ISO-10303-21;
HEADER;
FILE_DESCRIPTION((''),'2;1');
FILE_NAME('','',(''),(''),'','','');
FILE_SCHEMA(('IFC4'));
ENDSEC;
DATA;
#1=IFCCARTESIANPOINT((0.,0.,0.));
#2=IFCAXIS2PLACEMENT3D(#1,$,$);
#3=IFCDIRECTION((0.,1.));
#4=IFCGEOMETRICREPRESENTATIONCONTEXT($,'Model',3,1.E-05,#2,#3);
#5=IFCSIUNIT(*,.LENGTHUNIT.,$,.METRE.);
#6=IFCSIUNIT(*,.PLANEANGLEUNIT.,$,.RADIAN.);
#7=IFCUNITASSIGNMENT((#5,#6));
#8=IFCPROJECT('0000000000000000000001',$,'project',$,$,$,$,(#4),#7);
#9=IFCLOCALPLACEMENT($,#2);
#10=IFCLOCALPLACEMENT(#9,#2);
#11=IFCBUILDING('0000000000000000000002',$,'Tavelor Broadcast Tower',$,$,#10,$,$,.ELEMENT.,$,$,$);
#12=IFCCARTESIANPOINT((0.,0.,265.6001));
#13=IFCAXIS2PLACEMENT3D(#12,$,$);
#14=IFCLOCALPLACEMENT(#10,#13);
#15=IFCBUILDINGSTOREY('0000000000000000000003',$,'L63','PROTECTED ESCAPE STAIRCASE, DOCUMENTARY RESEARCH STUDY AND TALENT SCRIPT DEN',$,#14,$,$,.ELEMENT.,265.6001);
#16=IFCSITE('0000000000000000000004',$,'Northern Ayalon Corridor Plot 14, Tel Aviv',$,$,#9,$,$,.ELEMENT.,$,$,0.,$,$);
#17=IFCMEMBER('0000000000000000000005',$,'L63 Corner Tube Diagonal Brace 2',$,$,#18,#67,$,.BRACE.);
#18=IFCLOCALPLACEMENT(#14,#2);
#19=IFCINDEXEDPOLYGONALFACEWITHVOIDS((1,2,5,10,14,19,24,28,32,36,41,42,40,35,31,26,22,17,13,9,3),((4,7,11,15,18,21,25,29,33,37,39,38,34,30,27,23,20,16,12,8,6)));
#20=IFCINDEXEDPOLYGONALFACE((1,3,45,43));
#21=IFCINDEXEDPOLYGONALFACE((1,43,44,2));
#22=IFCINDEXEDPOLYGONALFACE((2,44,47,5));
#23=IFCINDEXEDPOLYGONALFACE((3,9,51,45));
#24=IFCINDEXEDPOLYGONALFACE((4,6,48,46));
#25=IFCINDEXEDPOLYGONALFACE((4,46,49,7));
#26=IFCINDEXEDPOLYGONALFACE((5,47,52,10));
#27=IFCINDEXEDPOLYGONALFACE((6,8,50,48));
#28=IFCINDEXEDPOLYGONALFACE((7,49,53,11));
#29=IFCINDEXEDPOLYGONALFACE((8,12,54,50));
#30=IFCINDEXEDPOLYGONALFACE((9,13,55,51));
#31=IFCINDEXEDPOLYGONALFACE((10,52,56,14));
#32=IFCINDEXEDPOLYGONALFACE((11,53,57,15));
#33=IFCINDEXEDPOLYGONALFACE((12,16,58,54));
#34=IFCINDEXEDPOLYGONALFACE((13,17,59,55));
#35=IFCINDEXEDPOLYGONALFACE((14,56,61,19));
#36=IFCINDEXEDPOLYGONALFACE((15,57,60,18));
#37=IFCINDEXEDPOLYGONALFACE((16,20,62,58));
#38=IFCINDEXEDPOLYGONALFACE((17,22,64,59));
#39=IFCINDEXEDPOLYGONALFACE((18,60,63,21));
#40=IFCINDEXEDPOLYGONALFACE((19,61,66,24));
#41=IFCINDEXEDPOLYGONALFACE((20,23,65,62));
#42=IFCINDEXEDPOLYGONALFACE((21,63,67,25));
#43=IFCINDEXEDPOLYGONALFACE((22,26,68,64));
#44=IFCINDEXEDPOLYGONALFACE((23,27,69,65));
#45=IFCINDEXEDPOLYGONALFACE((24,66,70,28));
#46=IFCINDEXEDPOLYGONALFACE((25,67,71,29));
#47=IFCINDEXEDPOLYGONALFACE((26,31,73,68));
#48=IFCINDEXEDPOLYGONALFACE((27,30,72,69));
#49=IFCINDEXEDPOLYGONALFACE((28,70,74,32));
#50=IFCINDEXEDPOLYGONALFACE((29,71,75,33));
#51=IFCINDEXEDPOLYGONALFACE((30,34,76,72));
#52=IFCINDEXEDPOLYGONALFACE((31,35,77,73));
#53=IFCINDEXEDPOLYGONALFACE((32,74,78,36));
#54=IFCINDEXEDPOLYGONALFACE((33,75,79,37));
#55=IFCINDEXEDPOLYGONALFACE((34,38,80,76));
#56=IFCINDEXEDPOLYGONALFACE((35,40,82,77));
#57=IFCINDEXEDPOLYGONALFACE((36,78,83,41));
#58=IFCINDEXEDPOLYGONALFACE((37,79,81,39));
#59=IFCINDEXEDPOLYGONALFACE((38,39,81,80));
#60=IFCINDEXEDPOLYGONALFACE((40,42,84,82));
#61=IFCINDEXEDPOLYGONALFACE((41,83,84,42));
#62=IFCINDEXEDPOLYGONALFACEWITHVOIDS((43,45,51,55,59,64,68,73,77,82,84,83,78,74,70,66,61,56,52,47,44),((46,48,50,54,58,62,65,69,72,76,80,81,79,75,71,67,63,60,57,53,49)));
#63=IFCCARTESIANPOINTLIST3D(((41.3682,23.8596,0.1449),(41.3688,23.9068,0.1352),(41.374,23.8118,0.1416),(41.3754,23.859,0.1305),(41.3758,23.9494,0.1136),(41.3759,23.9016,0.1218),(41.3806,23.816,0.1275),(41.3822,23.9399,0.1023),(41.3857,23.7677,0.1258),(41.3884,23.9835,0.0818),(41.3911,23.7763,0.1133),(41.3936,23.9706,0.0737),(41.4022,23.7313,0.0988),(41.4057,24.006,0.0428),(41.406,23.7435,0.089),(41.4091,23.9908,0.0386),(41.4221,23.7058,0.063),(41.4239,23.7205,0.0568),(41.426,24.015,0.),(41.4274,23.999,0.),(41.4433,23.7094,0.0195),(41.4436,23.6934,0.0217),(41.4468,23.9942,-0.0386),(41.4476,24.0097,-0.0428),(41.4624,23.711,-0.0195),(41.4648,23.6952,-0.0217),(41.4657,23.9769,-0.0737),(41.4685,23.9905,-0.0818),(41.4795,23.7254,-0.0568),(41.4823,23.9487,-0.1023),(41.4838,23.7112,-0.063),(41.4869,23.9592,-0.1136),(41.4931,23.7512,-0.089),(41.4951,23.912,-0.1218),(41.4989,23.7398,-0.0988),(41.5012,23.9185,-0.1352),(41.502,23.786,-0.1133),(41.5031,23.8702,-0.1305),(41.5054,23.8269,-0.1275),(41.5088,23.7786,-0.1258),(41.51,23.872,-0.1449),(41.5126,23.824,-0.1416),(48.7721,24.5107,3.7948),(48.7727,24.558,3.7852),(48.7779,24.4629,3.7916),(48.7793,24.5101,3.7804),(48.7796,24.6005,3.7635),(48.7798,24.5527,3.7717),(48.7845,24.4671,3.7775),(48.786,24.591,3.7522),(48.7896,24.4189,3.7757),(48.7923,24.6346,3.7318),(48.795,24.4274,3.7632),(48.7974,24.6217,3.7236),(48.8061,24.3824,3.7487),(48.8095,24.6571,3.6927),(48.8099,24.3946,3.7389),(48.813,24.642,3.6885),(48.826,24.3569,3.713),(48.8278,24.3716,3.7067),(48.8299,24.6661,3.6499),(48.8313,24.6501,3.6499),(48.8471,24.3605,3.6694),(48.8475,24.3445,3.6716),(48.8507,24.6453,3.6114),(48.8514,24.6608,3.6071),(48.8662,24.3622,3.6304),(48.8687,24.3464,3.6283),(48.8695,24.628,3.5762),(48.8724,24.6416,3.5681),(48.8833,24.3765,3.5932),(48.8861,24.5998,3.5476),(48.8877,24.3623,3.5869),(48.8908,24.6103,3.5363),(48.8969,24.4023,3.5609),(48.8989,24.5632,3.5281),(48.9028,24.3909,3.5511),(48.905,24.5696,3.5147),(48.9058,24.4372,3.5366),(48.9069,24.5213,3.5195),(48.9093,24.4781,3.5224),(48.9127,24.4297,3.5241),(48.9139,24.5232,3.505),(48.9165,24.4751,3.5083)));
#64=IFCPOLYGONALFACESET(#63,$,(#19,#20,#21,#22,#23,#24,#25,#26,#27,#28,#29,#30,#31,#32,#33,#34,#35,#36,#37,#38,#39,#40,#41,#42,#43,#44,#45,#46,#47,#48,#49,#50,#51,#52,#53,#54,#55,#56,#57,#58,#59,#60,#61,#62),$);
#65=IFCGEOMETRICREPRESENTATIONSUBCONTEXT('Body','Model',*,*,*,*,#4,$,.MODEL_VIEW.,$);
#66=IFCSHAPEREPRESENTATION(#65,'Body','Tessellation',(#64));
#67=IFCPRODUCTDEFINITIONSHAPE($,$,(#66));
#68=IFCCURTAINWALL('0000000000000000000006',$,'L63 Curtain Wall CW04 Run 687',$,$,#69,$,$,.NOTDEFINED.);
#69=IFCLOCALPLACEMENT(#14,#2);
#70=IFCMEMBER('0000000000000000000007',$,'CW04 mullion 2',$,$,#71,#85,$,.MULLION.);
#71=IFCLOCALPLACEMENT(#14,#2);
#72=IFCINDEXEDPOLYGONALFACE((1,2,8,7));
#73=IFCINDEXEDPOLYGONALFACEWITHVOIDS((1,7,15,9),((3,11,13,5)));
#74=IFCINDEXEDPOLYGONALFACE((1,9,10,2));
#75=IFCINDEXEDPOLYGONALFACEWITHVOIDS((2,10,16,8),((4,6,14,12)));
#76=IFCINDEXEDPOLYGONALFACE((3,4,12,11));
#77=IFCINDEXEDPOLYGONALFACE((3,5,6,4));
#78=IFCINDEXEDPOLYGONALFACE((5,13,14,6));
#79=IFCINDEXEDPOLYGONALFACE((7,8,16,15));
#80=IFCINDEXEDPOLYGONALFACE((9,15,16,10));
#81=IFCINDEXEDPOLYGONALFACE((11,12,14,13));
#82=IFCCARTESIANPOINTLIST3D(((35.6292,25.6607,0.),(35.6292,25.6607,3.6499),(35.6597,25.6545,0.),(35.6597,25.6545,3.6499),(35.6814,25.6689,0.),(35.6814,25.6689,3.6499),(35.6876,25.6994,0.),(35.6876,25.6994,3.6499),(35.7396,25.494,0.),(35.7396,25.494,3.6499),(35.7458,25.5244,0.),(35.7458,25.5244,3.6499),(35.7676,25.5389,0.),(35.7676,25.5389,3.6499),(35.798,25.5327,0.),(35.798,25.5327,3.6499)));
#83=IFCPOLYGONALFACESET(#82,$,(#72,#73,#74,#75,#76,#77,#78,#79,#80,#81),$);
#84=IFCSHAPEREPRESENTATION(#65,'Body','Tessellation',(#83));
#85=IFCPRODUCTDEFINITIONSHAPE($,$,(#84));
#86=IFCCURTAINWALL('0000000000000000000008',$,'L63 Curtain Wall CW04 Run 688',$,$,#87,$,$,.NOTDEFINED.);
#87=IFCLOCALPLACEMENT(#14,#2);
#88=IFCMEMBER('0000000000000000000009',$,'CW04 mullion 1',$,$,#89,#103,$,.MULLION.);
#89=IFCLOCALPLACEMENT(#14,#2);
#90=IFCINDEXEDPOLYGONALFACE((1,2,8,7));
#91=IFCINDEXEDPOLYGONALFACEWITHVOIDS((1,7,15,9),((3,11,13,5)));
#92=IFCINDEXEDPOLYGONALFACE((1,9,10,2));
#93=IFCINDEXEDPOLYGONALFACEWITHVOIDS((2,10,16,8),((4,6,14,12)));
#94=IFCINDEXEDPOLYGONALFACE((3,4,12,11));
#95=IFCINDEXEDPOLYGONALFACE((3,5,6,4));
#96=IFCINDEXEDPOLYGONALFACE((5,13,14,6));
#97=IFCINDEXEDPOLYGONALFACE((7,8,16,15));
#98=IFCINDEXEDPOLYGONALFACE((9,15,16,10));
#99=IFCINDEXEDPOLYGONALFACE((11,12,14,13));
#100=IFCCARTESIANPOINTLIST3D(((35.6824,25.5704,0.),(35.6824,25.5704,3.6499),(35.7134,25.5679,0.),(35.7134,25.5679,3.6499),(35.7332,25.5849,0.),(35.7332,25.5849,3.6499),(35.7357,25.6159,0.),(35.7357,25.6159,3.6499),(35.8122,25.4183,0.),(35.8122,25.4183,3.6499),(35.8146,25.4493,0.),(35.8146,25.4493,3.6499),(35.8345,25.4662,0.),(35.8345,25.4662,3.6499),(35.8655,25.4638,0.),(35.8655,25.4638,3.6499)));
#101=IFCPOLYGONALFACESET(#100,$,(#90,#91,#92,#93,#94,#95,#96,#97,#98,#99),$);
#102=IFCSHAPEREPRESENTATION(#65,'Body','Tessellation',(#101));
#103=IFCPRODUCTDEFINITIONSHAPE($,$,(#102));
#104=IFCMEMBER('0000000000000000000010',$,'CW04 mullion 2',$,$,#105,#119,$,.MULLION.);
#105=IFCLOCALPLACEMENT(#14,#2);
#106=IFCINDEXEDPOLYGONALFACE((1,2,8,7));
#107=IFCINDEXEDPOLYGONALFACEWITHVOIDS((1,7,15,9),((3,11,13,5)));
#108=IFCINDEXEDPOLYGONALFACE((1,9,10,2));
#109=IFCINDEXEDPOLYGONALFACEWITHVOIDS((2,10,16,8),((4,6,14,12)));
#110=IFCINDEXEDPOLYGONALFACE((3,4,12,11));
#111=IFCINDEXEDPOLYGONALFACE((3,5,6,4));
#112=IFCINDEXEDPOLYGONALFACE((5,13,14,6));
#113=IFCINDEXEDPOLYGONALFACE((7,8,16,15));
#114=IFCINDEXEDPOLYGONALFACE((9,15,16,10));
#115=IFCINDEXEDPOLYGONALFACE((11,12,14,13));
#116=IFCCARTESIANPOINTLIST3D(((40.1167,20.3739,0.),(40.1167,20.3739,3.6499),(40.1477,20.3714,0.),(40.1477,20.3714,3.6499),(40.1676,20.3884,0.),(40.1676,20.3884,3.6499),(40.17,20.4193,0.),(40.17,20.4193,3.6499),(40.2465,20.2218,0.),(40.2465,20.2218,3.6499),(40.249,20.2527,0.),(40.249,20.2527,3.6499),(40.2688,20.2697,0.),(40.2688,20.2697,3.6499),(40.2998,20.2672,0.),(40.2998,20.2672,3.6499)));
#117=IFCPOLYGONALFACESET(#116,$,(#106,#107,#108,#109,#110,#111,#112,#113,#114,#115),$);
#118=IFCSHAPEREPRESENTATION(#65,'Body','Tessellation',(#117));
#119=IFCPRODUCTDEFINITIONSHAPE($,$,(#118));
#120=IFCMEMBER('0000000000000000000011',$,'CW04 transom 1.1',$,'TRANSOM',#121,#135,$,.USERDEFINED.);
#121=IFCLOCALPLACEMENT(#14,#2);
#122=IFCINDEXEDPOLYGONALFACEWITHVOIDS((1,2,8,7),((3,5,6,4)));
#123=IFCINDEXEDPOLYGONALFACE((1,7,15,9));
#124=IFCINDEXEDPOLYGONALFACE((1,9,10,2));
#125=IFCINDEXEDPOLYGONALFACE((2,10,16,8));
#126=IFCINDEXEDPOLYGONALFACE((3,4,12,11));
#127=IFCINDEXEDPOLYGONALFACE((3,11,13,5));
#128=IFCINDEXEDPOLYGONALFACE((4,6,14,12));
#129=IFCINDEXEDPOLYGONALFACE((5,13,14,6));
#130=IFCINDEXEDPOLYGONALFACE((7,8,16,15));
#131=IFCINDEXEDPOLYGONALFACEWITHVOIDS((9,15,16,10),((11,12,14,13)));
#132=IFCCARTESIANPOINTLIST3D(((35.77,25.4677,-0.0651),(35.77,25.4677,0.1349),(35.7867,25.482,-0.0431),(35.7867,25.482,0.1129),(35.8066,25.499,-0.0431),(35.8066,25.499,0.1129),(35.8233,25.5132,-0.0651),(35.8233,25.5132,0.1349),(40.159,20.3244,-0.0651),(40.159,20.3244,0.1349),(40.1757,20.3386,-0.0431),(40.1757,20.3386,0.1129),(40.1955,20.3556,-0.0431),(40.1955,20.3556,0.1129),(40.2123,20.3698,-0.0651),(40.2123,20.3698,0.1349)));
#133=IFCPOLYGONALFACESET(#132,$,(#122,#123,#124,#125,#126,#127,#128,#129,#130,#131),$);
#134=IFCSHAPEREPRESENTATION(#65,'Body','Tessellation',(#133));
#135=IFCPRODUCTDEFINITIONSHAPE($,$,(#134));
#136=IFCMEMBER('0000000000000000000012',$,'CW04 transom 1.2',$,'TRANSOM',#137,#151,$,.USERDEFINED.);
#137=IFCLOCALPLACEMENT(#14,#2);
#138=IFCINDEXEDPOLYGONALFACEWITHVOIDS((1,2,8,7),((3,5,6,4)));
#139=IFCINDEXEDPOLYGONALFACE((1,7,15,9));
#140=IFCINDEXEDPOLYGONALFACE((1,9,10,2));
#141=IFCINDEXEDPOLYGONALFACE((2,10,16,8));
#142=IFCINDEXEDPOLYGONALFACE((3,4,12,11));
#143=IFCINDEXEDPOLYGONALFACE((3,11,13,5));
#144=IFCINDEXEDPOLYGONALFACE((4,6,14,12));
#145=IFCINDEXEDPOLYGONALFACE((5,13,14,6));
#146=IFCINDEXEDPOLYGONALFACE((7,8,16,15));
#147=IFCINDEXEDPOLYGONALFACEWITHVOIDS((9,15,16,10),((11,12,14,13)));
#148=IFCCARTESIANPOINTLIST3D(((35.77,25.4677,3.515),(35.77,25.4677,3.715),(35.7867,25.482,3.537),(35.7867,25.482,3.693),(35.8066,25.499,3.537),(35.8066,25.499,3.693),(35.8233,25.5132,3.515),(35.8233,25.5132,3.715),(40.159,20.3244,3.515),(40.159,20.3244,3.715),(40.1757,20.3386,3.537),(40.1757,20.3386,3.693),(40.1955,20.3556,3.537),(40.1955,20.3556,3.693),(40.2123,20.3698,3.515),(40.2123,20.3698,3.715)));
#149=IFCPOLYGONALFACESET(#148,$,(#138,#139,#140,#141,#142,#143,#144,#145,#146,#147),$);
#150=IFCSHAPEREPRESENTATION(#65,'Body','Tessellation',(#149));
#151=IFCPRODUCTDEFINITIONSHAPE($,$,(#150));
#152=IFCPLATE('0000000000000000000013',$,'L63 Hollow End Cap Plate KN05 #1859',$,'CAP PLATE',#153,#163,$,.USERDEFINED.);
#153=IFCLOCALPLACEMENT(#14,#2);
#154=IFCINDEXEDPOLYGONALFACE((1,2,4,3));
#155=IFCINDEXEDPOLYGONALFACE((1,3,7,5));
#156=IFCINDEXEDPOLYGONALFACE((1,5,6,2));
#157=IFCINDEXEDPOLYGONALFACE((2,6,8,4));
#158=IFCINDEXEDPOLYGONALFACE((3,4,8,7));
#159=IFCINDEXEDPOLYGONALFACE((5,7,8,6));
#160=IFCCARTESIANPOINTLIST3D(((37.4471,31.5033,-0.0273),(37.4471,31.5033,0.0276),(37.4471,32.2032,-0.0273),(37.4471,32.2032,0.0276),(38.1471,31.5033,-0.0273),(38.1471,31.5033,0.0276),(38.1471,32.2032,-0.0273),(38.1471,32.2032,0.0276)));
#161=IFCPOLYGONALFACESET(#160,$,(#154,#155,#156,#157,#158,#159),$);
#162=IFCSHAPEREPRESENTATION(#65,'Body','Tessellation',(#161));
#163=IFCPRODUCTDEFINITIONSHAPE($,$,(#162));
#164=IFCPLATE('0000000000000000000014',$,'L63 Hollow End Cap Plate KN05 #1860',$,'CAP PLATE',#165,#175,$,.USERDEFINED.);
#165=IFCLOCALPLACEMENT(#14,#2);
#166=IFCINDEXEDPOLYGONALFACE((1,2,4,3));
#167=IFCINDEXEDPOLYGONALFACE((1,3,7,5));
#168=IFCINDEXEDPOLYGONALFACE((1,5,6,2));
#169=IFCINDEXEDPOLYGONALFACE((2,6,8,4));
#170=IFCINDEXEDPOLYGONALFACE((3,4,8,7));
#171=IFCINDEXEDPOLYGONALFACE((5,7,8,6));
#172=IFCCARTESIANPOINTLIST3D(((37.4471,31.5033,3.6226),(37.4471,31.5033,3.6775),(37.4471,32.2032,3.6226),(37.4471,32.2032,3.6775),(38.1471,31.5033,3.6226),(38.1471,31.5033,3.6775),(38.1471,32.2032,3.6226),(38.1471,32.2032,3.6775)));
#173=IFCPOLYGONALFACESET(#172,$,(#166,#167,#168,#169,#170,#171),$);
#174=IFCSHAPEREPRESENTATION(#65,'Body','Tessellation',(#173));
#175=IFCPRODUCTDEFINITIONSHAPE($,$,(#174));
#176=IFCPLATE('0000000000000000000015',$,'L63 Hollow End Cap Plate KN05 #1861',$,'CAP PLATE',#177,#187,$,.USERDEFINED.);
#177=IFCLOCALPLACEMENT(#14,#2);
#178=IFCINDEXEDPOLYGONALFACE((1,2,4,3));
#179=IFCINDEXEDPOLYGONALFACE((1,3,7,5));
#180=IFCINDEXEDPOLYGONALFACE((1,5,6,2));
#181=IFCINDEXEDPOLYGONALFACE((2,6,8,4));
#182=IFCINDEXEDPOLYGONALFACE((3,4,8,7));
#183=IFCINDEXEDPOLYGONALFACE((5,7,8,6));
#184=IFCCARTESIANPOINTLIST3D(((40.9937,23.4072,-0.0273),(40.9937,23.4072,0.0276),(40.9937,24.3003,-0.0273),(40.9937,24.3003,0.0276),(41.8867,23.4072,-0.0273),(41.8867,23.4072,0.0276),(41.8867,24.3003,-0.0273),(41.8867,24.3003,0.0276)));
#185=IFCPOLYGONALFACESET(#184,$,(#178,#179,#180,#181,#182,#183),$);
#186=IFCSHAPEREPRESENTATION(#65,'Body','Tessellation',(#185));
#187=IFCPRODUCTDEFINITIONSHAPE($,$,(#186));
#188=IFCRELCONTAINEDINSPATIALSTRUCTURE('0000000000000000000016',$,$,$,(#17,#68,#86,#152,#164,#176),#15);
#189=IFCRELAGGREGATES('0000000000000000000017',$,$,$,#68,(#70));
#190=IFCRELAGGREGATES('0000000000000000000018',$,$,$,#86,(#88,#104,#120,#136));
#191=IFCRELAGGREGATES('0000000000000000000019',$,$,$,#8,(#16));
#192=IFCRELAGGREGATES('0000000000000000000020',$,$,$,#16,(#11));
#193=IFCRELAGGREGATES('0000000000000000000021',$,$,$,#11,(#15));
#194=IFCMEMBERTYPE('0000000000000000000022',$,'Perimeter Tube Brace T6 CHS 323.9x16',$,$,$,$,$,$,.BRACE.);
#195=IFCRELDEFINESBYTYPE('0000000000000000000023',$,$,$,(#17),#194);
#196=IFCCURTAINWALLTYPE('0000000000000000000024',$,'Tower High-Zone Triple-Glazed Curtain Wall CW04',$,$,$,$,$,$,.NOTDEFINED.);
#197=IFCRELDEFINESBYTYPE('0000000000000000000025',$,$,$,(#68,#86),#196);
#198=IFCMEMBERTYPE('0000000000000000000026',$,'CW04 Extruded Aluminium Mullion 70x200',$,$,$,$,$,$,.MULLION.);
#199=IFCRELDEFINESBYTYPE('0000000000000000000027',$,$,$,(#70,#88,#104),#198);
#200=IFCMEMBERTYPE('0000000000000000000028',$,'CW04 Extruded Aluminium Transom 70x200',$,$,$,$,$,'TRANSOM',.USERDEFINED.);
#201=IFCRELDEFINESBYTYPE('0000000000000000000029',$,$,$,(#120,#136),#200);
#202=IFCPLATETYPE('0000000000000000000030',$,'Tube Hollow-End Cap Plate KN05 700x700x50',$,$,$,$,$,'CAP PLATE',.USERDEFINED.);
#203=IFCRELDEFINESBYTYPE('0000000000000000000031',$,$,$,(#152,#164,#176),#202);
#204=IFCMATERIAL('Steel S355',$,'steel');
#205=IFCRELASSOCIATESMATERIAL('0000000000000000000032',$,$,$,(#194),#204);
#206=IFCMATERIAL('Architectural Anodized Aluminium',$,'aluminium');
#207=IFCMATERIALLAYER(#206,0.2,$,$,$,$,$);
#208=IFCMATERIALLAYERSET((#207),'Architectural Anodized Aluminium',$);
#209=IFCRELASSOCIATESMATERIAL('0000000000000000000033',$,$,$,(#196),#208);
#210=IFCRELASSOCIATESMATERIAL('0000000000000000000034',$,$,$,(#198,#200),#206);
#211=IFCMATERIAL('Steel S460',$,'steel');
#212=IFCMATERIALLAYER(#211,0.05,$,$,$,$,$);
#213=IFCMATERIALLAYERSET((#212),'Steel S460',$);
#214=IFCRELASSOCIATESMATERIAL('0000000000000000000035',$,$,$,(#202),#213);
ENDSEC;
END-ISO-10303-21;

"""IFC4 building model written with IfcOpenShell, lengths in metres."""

from ifc_helpers import new_model, si_unit, direction, frame, origin, origin_2d, place, context, subcontext, project, spatial, rectangle, hollow_rectangle, hollow_circle, extrude, source, transform, mapped, material, layer, layer_set, material_profile, profile_set, type_object, type_shapes, element, aggregate, save


model = new_model("IFC4")

# Units and contexts
model_context = context("Model", 3, precision=1e-05, world=origin(), true_north=direction((0.0, 1.0)))
body_context = subcontext(model_context, "Body", "Model", "MODEL_VIEW")
ifc_project = project(units=[si_unit("LENGTHUNIT", "METRE"), si_unit("PLANEANGLEUNIT", "RADIAN")], contexts=[model_context])

# Site, building, storey
site_placement = place(None, origin())
site = spatial("IfcSite", under=ifc_project, at=site_placement, Name="Northern Ayalon Corridor Plot 14, Tel Aviv", CompositionType="ELEMENT", RefElevation=0.0)
building_placement = place(site_placement, origin())
building = spatial("IfcBuilding", under=site, at=building_placement, Name="Tavelor Broadcast Tower", CompositionType="ELEMENT")
storey_placement = place(building_placement, frame((0.0, 0.0, 265.6001)))
storey = spatial("IfcBuildingStorey", under=building, at=storey_placement, Name="L63", Description="PROTECTED ESCAPE STAIRCASE, DOCUMENTARY RESEARCH STUDY AND TALENT SCRIPT DEN", CompositionType="ELEMENT", Elevation=265.6001)

# Shared definitions
ifc_material_1 = material(Name="Steel S460", Category="steel")

# Shared definitions
ifc_material_2 = material(Name="Steel S355", Category="steel")

# Member
ifc_material_profile_1 = material_profile(ifc_material_2, hollow_circle(Radius=0.1619, WallThickness=0.0161, at=origin_2d()), Name="CHS 323.9x16")
ifc_profile_set_1 = profile_set([ifc_material_profile_1], Name="Steel S355")
member_type_1 = type_object("IfcMemberType", Name="Perimeter Tube Brace T6 CHS 323.9x16", PredefinedType="BRACE", material=ifc_profile_set_1)
member_1_placement = place(storey_placement, frame((41.4402, 23.8538, 0.0), z_axis=(0.894155, 0.078636, 0.440797), x_axis=(-0.087606, 0.996155, 0.0)))
element("IfcMember", 1, at=member_1_placement, inside=storey, type_object=member_type_1, Name="L63 Corner Tube Diagonal Brace 2", PredefinedType="BRACE", context=body_context, shape_type="SweptSolid", body=[
    extrude(hollow_circle(Radius=0.1619, WallThickness=0.0161, at=origin_2d()), origin(), (0.0, 0.0, 1.0), 8.2803),
])

# Curtain wall, member
ifc_material_3 = material(Name="Architectural Anodized Aluminium", Category="aluminium")
ifc_layer_1 = layer(ifc_material_3, 0.2)
ifc_layer_set_1 = layer_set([ifc_layer_1], Name="Architectural Anodized Aluminium")
curtain_wall_type = type_object("IfcCurtainWallType", Name="Tower High-Zone Triple-Glazed Curtain Wall CW04", PredefinedType="NOTDEFINED", material=ifc_layer_set_1)
curtain_wall_1_placement = place(storey_placement, origin())
curtain_wall_1 = element("IfcCurtainWall", 2, at=curtain_wall_1_placement, inside=storey, type_object=curtain_wall_type, Name="L63 Curtain Wall CW04 Run 687", PredefinedType="NOTDEFINED")
ifc_material_profile_2 = material_profile(ifc_material_3, hollow_rectangle(XDim=0.0701, YDim=0.2, WallThickness=0.022, at=origin_2d()), Name="RHS 70x200x22")
ifc_profile_set_2 = profile_set([ifc_material_profile_2], Name="Architectural Anodized Aluminium")
member_type_2 = type_object("IfcMemberType", Name="CW04 Extruded Aluminium Mullion 70x200", PredefinedType="MULLION", material=ifc_profile_set_2)
shared_shape_1 = source(origin(), body_context, "Body", "SweptSolid", [
    extrude(hollow_rectangle(XDim=0.0701, YDim=0.2, WallThickness=0.022, at=origin_2d()), origin(), (0.0, 0.0, 1.0), 3.6499),
])
type_shapes(member_type_2, [shared_shape_1])
member_2_placement = place(storey_placement, frame((35.7136, 25.5967, 0.0), z_axis=(0.0, 0.0, 1.0), x_axis=(0.83364, 0.552308, 0.0)))
member_2 = element("IfcMember", 3, at=member_2_placement, type_object=member_type_2, Name="CW04 mullion 2", PredefinedType="MULLION", context=body_context, shape_type="MappedRepresentation", body=[
    mapped(shared_shape_1, transform((0.0, 0.0, 0.0), scale=1.0)),
])

# Curtain wall, members
curtain_wall_2_placement = place(storey_placement, origin())
curtain_wall_2 = element("IfcCurtainWall", 4, at=curtain_wall_2_placement, inside=storey, type_object=curtain_wall_type, Name="L63 Curtain Wall CW04 Run 688", PredefinedType="NOTDEFINED")
member_3_placement = place(storey_placement, frame((35.7739, 25.5171, 0.0), z_axis=(0.0, 0.0, 1.0), x_axis=(0.760675, 0.649132, 0.0)))
member_3 = element("IfcMember", 5, at=member_3_placement, type_object=member_type_2, Name="CW04 mullion 1", PredefinedType="MULLION", context=body_context, shape_type="MappedRepresentation", body=[
    mapped(shared_shape_1, transform((0.0, 0.0, 0.0), scale=1.0)),
])
member_4_placement = place(storey_placement, frame((40.2083, 20.3206, 0.0), z_axis=(0.0, 0.0, 1.0), x_axis=(0.760675, 0.649132, 0.0)))
member_4 = element("IfcMember", 6, at=member_4_placement, type_object=member_type_2, Name="CW04 mullion 2", PredefinedType="MULLION", context=body_context, shape_type="MappedRepresentation", body=[
    mapped(shared_shape_1, transform((0.0, 0.0, 0.0), scale=1.0)),
])
ifc_material_profile_3 = material_profile(ifc_material_3, hollow_rectangle(XDim=0.0701, YDim=0.2, WallThickness=0.022, at=origin_2d()), Name="RHS 70x200x22")
ifc_profile_set_3 = profile_set([ifc_material_profile_3], Name="Architectural Anodized Aluminium")
member_type_3 = type_object("IfcMemberType", Name="CW04 Extruded Aluminium Transom 70x200", ElementType="TRANSOM", PredefinedType="USERDEFINED", material=ifc_profile_set_3)
shared_shape_2 = source(origin(), body_context, "Body", "SweptSolid", [
    extrude(hollow_rectangle(XDim=0.0701, YDim=0.2, WallThickness=0.022, at=origin_2d()), origin(), (0.0, 0.0, 1.0), 6.7615),
])
type_shapes(member_type_3, [shared_shape_2])
member_5_placement = place(storey_placement, frame((35.7966, 25.4905, 0.0349), z_axis=(0.649116, -0.76069, 0.0), x_axis=(0.76069, 0.649116, 0.0)))
member_5 = element("IfcMember", 7, at=member_5_placement, type_object=member_type_3, Name="CW04 transom 1.1", ObjectType="TRANSOM", PredefinedType="USERDEFINED", context=body_context, shape_type="MappedRepresentation", body=[
    mapped(shared_shape_2, transform((0.0, 0.0, 0.0), scale=1.0)),
])
member_6_placement = place(storey_placement, frame((35.7966, 25.4905, 3.615), z_axis=(0.649116, -0.76069, 0.0), x_axis=(0.76069, 0.649116, 0.0)))
member_6 = element("IfcMember", 8, at=member_6_placement, type_object=member_type_3, Name="CW04 transom 1.2", ObjectType="TRANSOM", PredefinedType="USERDEFINED", context=body_context, shape_type="MappedRepresentation", body=[
    mapped(shared_shape_2, transform((0.0, 0.0, 0.0), scale=1.0)),
])

# Plates
ifc_layer_2 = layer(ifc_material_1, 0.05)
ifc_layer_set_2 = layer_set([ifc_layer_2], Name="Steel S460")
plate_type_1 = type_object("IfcPlateType", Name="Tube Hollow-End Cap Plate KN05 700x700x50", ElementType="CAP PLATE", PredefinedType="USERDEFINED", material=ifc_layer_set_2)
shared_shape_3 = source(origin(), body_context, "Body", "SweptSolid", [
    extrude(rectangle(XDim=0.7, YDim=0.7, at=origin_2d()), origin(), (0.0, 0.0, 1.0), 0.0549),
])
for number, where, z_axis, x_axis, name in (
    (9, (37.7971, 31.8533, -0.0273), (0.0, 0.0, 1.0), (1.0, 0.0, 0.0), "L63 Hollow End Cap Plate KN05 #1859"),
    (10, (37.7971, 31.8533, 3.6226), (0.0, 0.0, 1.0), (1.0, 0.0, 0.0), "L63 Hollow End Cap Plate KN05 #1860"),
):
    element("IfcPlate", number, at=place(storey_placement, frame(where, z_axis=z_axis, x_axis=x_axis)), inside=storey, type_object=plate_type_1, Name=name, ObjectType="CAP PLATE", PredefinedType="USERDEFINED", context=body_context, shape_type="MappedRepresentation", body=[
        mapped(shared_shape_3, transform((0.0, 0.0, 0.0), scale=1.0)),
    ])
shared_shape_4 = source(origin(), body_context, "Body", "SweptSolid", [
    extrude(rectangle(XDim=0.8931, YDim=0.8931, at=origin_2d()), origin(), (0.0, 0.0, 1.0), 0.0549),
])
type_shapes(plate_type_1, [shared_shape_3, shared_shape_4])
for number, where, z_axis, x_axis, name in (
    (11, (41.4402, 23.8538, -0.0273), (0.0, 0.0, 1.0), (1.0, 0.0, 0.0), "L63 Hollow End Cap Plate KN05 #1861"),
):
    element("IfcPlate", number, at=place(storey_placement, frame(where, z_axis=z_axis, x_axis=x_axis)), inside=storey, type_object=plate_type_1, Name=name, ObjectType="CAP PLATE", PredefinedType="USERDEFINED", context=body_context, shape_type="MappedRepresentation", body=[
        mapped(shared_shape_4, transform((0.0, 0.0, 0.0), scale=1.0)),
    ])

aggregate(curtain_wall_1, [member_2])
aggregate(curtain_wall_2, [member_3, member_4, member_5, member_6])

save(model, "model.ifc")
